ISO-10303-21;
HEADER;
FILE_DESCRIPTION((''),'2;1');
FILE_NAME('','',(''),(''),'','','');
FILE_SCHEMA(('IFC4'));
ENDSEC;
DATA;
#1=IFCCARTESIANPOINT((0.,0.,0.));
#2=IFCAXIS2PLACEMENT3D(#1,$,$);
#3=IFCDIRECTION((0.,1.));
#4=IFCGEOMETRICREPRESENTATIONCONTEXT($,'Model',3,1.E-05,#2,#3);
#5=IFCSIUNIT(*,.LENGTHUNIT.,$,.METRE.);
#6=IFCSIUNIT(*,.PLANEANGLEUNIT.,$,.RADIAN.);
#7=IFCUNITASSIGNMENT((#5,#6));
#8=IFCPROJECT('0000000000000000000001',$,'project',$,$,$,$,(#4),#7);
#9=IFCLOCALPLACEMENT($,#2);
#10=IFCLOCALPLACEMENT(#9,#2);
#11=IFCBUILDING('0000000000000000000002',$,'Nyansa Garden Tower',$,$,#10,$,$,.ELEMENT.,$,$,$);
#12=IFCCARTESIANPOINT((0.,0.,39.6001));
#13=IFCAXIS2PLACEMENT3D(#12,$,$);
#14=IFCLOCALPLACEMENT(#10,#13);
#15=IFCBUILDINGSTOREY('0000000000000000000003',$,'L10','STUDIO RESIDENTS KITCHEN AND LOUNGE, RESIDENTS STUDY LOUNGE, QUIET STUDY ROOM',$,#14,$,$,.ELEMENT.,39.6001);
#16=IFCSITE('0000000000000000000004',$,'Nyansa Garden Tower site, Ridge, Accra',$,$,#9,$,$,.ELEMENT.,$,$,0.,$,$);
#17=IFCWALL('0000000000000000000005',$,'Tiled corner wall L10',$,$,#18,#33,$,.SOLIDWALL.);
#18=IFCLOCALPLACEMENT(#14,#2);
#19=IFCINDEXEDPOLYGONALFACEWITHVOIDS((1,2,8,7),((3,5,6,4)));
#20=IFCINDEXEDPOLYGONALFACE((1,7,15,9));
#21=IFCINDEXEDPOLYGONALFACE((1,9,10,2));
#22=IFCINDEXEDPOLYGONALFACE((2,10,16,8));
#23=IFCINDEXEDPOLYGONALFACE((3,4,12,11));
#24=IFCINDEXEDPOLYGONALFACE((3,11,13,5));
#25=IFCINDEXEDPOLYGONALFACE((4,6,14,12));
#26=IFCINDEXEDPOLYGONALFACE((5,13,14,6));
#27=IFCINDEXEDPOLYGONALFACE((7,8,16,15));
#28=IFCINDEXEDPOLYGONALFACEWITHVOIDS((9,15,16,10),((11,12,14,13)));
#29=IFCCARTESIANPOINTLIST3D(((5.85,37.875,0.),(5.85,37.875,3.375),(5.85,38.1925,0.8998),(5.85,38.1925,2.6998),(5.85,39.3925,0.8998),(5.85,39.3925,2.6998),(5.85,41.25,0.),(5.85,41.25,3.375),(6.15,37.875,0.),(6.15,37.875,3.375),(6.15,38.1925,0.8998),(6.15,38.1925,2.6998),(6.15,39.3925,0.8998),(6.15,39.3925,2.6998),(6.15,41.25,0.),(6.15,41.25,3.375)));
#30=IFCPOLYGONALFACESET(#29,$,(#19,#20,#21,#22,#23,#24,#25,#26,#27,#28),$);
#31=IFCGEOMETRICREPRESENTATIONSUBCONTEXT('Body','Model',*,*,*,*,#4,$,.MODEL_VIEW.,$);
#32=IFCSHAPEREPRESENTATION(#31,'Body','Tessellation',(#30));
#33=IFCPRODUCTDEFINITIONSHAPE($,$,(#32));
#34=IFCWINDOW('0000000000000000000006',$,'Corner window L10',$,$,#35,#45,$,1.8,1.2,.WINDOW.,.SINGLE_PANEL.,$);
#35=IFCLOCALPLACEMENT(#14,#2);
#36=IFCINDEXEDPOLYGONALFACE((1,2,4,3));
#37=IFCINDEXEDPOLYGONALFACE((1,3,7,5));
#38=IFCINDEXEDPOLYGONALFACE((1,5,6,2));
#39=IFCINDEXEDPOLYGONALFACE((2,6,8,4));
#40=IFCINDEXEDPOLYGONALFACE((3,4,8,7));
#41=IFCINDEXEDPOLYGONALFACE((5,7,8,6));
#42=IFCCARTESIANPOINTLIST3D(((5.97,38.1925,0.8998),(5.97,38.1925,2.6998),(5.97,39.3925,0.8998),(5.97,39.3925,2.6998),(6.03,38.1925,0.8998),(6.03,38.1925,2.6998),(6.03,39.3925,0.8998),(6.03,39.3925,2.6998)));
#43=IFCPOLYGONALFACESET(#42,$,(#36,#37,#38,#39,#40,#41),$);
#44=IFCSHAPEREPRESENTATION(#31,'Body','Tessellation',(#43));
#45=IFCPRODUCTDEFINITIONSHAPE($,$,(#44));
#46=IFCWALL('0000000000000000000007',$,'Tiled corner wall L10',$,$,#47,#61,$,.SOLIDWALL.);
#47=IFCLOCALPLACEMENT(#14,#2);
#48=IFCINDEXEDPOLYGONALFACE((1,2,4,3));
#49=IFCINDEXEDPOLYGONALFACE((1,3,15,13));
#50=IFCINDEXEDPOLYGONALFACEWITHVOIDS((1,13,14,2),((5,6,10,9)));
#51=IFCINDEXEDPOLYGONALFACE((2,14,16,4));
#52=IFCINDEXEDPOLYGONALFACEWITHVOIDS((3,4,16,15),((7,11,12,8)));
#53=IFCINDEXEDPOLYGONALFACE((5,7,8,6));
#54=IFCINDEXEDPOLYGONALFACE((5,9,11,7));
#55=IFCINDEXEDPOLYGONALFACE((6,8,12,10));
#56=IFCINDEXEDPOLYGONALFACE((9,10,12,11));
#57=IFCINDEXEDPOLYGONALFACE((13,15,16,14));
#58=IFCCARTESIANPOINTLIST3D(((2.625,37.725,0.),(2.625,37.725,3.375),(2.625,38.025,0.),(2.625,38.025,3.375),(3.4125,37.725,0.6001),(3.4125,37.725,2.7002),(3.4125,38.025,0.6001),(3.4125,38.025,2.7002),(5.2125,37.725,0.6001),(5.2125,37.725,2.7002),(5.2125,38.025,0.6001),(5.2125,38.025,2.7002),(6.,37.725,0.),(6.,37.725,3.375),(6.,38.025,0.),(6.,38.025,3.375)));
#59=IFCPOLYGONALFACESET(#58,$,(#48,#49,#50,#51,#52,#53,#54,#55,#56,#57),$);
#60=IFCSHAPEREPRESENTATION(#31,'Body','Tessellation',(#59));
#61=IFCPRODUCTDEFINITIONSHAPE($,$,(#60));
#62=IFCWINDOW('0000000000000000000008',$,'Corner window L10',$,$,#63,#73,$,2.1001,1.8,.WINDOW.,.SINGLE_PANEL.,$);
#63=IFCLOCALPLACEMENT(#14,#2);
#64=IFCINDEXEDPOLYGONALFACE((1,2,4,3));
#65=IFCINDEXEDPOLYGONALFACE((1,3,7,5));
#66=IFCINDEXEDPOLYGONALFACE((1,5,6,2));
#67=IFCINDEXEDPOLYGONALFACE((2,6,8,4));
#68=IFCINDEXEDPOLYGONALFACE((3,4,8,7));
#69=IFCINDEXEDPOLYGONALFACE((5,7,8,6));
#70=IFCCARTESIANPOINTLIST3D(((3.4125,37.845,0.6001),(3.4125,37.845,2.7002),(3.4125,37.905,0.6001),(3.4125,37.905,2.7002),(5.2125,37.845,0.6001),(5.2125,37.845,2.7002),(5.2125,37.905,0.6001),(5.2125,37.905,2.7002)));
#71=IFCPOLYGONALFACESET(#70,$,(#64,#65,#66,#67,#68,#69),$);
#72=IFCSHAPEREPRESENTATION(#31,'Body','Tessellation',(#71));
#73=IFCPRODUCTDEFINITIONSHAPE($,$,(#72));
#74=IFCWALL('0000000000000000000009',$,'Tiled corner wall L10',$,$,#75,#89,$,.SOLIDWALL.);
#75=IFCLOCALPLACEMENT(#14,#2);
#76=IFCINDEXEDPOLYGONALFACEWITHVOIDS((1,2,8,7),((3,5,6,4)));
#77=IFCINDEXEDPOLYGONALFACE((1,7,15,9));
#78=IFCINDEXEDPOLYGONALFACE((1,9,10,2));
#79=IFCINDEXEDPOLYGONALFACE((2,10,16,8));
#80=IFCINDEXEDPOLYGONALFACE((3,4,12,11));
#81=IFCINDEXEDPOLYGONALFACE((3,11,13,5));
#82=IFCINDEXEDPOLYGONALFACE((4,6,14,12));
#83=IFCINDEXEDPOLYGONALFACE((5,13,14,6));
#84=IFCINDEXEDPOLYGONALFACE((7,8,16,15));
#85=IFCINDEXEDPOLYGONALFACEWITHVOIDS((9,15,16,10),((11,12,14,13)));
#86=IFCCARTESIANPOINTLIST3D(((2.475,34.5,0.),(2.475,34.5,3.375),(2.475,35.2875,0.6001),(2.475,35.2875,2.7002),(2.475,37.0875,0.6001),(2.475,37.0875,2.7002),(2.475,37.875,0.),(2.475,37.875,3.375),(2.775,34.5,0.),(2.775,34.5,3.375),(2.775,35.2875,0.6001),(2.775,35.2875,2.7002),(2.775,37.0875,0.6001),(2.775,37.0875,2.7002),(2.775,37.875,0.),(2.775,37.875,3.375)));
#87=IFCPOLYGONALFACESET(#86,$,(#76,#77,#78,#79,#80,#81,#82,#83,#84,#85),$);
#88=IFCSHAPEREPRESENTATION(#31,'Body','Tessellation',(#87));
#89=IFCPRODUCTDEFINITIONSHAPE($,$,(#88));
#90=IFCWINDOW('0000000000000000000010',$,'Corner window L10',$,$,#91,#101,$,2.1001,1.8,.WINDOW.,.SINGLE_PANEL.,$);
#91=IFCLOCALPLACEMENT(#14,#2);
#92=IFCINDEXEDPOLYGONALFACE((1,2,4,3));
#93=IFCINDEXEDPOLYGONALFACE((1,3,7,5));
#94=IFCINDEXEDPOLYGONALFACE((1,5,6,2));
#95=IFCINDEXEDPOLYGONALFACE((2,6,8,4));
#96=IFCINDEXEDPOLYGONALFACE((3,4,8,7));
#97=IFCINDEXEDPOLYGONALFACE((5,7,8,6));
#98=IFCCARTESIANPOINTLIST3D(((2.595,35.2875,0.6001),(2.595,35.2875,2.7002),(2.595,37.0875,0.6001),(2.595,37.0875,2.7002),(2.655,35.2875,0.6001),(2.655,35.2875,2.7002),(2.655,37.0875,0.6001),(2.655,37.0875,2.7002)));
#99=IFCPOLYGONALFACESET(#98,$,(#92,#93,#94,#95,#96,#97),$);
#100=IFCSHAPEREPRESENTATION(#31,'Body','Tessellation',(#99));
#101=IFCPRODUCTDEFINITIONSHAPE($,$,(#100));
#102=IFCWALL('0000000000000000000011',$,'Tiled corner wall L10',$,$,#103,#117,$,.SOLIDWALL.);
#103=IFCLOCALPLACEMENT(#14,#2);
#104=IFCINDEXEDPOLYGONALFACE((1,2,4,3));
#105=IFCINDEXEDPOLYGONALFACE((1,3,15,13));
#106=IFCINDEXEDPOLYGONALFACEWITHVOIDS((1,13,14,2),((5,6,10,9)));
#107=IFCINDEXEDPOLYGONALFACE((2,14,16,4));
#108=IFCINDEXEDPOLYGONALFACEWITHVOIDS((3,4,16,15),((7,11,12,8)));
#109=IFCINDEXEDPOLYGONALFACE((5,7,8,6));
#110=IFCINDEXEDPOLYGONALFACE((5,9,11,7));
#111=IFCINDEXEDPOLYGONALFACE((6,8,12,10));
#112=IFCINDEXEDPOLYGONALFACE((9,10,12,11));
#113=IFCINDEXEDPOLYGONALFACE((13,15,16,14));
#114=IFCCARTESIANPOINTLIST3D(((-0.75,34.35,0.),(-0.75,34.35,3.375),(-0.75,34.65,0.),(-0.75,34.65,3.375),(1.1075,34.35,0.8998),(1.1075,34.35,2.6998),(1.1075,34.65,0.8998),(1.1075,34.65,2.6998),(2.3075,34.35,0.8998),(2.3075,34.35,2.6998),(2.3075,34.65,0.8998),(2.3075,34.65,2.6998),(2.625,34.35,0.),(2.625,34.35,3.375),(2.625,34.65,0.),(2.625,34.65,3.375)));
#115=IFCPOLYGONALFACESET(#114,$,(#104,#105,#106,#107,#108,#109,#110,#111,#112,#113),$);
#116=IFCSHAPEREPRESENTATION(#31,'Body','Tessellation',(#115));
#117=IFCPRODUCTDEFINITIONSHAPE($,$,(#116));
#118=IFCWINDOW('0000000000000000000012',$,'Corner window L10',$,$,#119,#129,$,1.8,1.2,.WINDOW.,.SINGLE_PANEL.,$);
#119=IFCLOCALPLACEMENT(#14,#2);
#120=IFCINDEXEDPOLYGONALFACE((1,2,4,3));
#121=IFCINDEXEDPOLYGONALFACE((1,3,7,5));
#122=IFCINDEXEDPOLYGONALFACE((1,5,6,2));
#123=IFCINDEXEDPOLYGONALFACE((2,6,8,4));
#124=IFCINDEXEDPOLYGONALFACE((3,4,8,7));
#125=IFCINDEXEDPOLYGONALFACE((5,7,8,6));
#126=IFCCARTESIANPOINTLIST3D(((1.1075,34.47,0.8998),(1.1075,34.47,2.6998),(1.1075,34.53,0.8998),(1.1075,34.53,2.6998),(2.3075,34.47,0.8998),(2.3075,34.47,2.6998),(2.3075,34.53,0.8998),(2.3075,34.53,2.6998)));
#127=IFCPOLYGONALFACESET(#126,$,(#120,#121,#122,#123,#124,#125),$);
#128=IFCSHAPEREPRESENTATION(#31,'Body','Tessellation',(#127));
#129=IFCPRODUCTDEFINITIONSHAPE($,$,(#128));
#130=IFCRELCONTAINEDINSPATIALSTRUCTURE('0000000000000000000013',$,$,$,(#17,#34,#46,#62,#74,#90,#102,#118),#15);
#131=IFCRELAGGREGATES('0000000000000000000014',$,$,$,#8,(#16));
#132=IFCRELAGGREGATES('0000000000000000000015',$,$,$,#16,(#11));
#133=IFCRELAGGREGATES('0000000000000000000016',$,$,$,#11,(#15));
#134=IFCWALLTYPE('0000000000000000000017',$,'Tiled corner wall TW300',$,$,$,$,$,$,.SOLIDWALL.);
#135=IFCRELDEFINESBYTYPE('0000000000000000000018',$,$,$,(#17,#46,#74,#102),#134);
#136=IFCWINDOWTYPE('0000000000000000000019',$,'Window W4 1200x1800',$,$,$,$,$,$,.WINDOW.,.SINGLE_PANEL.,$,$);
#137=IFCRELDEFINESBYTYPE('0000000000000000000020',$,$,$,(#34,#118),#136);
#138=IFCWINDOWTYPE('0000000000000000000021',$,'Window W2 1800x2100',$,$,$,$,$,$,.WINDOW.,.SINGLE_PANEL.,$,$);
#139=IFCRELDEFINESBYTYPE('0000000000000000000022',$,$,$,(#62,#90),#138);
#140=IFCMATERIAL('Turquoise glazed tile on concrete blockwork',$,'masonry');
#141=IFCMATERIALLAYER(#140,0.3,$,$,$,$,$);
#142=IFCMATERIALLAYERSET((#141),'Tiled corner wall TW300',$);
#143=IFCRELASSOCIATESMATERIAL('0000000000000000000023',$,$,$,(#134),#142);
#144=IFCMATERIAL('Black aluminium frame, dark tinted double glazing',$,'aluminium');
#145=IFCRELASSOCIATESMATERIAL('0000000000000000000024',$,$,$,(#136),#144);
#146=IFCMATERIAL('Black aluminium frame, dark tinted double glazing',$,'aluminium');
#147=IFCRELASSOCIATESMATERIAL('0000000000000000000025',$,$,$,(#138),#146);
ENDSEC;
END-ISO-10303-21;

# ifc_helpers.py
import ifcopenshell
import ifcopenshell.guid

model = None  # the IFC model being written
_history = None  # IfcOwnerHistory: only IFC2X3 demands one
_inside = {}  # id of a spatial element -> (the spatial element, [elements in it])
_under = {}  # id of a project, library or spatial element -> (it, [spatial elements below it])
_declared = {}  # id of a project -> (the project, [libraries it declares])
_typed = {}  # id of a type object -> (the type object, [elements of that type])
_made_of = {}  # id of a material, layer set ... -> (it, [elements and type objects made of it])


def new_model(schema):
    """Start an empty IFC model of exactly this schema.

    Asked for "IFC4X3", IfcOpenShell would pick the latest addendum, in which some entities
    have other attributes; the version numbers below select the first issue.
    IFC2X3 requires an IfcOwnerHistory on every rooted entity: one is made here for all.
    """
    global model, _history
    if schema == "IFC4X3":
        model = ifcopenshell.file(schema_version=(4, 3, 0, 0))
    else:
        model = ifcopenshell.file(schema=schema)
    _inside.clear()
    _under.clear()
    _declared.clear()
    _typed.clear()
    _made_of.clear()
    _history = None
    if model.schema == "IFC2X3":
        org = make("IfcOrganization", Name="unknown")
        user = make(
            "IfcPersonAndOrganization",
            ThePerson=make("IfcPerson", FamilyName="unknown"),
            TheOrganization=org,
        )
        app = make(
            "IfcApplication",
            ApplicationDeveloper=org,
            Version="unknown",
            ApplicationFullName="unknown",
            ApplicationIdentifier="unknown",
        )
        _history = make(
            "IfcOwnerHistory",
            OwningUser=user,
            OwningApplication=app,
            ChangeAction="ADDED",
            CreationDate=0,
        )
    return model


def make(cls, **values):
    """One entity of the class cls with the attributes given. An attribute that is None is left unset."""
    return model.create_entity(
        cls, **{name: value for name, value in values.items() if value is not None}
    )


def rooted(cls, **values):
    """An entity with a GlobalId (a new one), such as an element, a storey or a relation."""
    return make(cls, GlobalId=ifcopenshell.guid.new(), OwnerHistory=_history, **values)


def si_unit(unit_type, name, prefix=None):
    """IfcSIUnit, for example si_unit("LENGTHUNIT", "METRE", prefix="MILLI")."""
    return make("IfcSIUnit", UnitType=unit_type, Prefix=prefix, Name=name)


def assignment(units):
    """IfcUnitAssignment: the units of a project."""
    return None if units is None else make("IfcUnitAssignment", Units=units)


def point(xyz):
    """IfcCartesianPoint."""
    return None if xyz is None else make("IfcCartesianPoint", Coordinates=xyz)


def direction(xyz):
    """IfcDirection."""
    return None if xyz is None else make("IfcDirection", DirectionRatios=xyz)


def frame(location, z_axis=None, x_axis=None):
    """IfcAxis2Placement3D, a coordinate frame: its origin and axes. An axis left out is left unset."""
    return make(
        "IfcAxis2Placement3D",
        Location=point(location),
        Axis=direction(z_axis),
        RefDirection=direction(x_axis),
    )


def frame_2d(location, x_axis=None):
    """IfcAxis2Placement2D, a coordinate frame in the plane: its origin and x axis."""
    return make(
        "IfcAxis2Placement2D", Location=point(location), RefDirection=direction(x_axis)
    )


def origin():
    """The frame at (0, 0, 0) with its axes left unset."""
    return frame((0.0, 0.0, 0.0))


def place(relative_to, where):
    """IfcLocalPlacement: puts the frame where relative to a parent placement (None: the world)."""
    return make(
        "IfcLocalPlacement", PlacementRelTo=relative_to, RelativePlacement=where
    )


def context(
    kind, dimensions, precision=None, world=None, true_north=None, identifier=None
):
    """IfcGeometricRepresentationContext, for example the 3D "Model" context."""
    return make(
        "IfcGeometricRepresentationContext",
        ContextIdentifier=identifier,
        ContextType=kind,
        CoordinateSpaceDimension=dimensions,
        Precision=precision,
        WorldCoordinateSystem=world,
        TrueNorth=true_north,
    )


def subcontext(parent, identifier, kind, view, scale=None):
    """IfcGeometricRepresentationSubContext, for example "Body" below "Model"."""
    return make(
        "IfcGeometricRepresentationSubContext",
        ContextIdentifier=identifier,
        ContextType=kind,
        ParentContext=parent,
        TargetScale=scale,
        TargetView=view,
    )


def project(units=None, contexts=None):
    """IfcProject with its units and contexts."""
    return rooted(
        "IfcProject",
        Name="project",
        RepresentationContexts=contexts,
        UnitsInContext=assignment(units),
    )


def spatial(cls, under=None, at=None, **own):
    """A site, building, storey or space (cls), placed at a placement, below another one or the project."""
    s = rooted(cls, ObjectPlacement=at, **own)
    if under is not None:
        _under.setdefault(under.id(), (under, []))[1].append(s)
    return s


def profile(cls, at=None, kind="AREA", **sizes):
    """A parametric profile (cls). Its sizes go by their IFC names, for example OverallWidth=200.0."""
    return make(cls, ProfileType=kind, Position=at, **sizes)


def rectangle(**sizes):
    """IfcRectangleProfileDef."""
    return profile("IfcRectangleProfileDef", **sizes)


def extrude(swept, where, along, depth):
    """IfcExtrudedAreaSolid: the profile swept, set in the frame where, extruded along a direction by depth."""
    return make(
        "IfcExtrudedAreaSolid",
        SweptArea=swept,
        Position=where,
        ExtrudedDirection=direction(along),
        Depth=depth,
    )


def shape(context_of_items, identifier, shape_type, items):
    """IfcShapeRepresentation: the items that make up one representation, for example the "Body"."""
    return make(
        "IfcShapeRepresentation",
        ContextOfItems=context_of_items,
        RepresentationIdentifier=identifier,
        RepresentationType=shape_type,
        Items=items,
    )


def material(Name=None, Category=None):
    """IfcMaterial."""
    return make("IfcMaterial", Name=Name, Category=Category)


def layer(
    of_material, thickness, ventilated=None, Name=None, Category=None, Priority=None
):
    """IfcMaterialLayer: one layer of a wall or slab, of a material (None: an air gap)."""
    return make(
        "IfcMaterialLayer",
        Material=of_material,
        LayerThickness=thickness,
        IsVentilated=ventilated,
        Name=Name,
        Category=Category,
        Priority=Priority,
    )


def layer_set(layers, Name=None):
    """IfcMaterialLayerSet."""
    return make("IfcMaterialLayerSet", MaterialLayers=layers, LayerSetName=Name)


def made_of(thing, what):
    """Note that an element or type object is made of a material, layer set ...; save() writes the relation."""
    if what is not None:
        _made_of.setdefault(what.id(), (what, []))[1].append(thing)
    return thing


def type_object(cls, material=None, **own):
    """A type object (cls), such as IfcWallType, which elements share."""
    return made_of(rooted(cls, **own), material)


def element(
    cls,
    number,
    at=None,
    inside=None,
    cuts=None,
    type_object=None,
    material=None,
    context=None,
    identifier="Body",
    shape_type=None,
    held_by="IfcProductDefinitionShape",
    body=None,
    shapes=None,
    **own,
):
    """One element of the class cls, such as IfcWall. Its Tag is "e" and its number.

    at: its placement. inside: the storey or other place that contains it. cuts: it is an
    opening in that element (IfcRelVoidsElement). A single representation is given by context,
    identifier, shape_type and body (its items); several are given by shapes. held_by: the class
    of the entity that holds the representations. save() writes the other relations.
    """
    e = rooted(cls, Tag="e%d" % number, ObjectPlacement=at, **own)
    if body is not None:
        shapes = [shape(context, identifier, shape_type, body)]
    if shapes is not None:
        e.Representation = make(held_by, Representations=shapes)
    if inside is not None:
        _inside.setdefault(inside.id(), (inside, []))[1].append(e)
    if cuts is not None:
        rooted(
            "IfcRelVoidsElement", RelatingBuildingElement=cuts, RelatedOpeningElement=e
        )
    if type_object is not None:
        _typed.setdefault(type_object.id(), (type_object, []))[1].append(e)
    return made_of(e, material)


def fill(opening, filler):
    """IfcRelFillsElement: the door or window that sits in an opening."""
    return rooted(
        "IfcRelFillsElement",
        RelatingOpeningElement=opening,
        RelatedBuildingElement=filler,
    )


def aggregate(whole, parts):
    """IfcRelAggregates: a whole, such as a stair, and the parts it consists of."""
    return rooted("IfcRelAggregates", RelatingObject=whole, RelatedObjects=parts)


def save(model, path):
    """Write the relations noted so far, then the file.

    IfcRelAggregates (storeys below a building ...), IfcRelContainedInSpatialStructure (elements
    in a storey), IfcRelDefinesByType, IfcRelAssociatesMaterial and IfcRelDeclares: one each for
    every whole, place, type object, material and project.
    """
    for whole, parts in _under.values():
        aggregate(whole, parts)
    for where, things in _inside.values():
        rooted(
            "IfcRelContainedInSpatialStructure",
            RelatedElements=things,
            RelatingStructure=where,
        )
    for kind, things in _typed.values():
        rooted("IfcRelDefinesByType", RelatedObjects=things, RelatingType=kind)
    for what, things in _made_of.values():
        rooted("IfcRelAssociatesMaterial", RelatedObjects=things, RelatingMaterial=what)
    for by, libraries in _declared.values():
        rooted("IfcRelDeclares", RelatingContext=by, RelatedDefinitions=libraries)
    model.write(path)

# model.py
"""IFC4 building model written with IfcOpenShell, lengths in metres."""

from ifc_helpers import new_model, si_unit, direction, frame, frame_2d, origin, place, context, subcontext, project, spatial, rectangle, extrude, material, layer, layer_set, type_object, element, fill, save


model = new_model("IFC4")

# Units and contexts
model_context = context("Model", 3, precision=1e-05, world=origin(), true_north=direction((0.0, 1.0)))
body_context = subcontext(model_context, "Body", "Model", "MODEL_VIEW")
ifc_project = project(units=[si_unit("LENGTHUNIT", "METRE"), si_unit("PLANEANGLEUNIT", "RADIAN")], contexts=[model_context])

# Site, building, storey
site_placement = place(None, origin())
site = spatial("IfcSite", under=ifc_project, at=site_placement, Name="Nyansa Garden Tower site, Ridge, Accra", CompositionType="ELEMENT", RefElevation=0.0)
building_placement = place(site_placement, origin())
building = spatial("IfcBuilding", under=site, at=building_placement, Name="Nyansa Garden Tower", CompositionType="ELEMENT")
storey_placement = place(building_placement, frame((0.0, 0.0, 39.6001)))
storey = spatial("IfcBuildingStorey", under=building, at=storey_placement, Name="L10", Description="STUDIO RESIDENTS KITCHEN AND LOUNGE, RESIDENTS STUDY LOUNGE, QUIET STUDY ROOM", CompositionType="ELEMENT", Elevation=39.6001)

# Walls, openings, windows
ifc_material_1 = material(Name="Turquoise glazed tile on concrete blockwork", Category="masonry")
ifc_layer_1 = layer(ifc_material_1, 0.3)
ifc_layer_set_1 = layer_set([ifc_layer_1], Name="Tiled corner wall TW300")
wall_type_1 = type_object("IfcWallType", Name="Tiled corner wall TW300", PredefinedType="SOLIDWALL", material=ifc_layer_set_1)
wall_1_placement = place(storey_placement, frame((6.0, 41.25, 0.0), z_axis=(0.0, 0.0, 1.0), x_axis=(0.0, -1.0, 0.0)))
wall_1 = element("IfcWall", 1, at=wall_1_placement, inside=storey, type_object=wall_type_1, Name="Tiled corner wall L10", PredefinedType="SOLIDWALL", context=body_context, shape_type="SweptSolid", body=[
    extrude(rectangle(XDim=3.375, YDim=0.3, at=frame_2d((1.6875, 0.0))), origin(), (0.0, 0.0, 1.0), 3.375),
])
opening_1_placement = place(wall_1_placement, frame((1.8574, 0.0, 0.8999)))
opening_1 = element("IfcOpeningElement", 2, at=opening_1_placement, cuts=wall_1, PredefinedType="OPENING", context=body_context, shape_type="SweptSolid", body=[
    extrude(rectangle(XDim=1.2, YDim=1.8, at=frame_2d((0.6001, 0.8999))), frame((0.0, 0.1599, 0.0), z_axis=(0.0, -1.0, 0.0), x_axis=(1.0, 0.0, 0.0)), (0.0, 0.0, 1.0), 0.3201),
])
ifc_material_2 = material(Name="Black aluminium frame, dark tinted double glazing", Category="aluminium")
window_type_1 = type_object("IfcWindowType", Name="Window W4 1200x1800", PartitioningType="SINGLE_PANEL", PredefinedType="WINDOW", material=ifc_material_2)
window_1_placement = place(opening_1_placement, origin())
window_1 = element("IfcWindow", 3, at=window_1_placement, inside=storey, type_object=window_type_1, Name="Corner window L10", OverallHeight=1.8, OverallWidth=1.2, PartitioningType="SINGLE_PANEL", PredefinedType="WINDOW", context=body_context, shape_type="SweptSolid", body=[
    extrude(rectangle(XDim=1.2, YDim=1.8, at=frame_2d((0.6001, 0.8999))), frame((0.0, 0.03, 0.0), z_axis=(0.0, -1.0, 0.0), x_axis=(1.0, 0.0, 0.0)), (0.0, 0.0, 1.0), 0.0601),
])
fill(opening_1, window_1)
wall_2_placement = place(storey_placement, frame((6.0, 37.875, 0.0), z_axis=(0.0, 0.0, 1.0), x_axis=(-1.0, 0.0, 0.0)))
wall_2 = element("IfcWall", 4, at=wall_2_placement, inside=storey, type_object=wall_type_1, Name="Tiled corner wall L10", PredefinedType="SOLIDWALL", context=body_context, shape_type="SweptSolid", body=[
    extrude(rectangle(XDim=3.375, YDim=0.3, at=frame_2d((1.6875, 0.0))), origin(), (0.0, 0.0, 1.0), 3.375),
])
opening_2_placement = place(wall_2_placement, frame((0.7876, 0.0, 0.6001)))
opening_2 = element("IfcOpeningElement", 5, at=opening_2_placement, cuts=wall_2, PredefinedType="OPENING", context=body_context, shape_type="SweptSolid", body=[
    extrude(rectangle(XDim=1.8, YDim=2.1001, at=frame_2d((0.8999, 1.05))), frame((0.0, 0.1599, 0.0), z_axis=(0.0, -1.0, 0.0), x_axis=(1.0, 0.0, 0.0)), (0.0, 0.0, 1.0), 0.3201),
])
ifc_material_3 = material(Name="Black aluminium frame, dark tinted double glazing", Category="aluminium")
window_type_2 = type_object("IfcWindowType", Name="Window W2 1800x2100", PartitioningType="SINGLE_PANEL", PredefinedType="WINDOW", material=ifc_material_3)
window_2_placement = place(opening_2_placement, origin())
window_2 = element("IfcWindow", 6, at=window_2_placement, inside=storey, type_object=window_type_2, Name="Corner window L10", OverallHeight=2.1001, OverallWidth=1.8, PartitioningType="SINGLE_PANEL", PredefinedType="WINDOW", context=body_context, shape_type="SweptSolid", body=[
    extrude(rectangle(XDim=1.8, YDim=2.1001, at=frame_2d((0.8999, 1.05))), frame((0.0, 0.03, 0.0), z_axis=(0.0, -1.0, 0.0), x_axis=(1.0, 0.0, 0.0)), (0.0, 0.0, 1.0), 0.0601),
])
fill(opening_2, window_2)
wall_3_placement = place(storey_placement, frame((2.625, 37.875, 0.0), z_axis=(0.0, 0.0, 1.0), x_axis=(0.0, -1.0, 0.0)))
wall_3 = element("IfcWall", 7, at=wall_3_placement, inside=storey, type_object=wall_type_1, Name="Tiled corner wall L10", PredefinedType="SOLIDWALL", context=body_context, shape_type="SweptSolid", body=[
    extrude(rectangle(XDim=3.375, YDim=0.3, at=frame_2d((1.6875, 0.0))), origin(), (0.0, 0.0, 1.0), 3.375),
])
opening_3_placement = place(wall_3_placement, frame((0.7876, 0.0, 0.6001)))
opening_3 = element("IfcOpeningElement", 8, at=opening_3_placement, cuts=wall_3, PredefinedType="OPENING", context=body_context, shape_type="SweptSolid", body=[
    extrude(rectangle(XDim=1.8, YDim=2.1001, at=frame_2d((0.8999, 1.05))), frame((0.0, 0.1599, 0.0), z_axis=(0.0, -1.0, 0.0), x_axis=(1.0, 0.0, 0.0)), (0.0, 0.0, 1.0), 0.3201),
])
window_3_placement = place(opening_3_placement, origin())
window_3 = element("IfcWindow", 9, at=window_3_placement, inside=storey, type_object=window_type_2, Name="Corner window L10", OverallHeight=2.1001, OverallWidth=1.8, PartitioningType="SINGLE_PANEL", PredefinedType="WINDOW", context=body_context, shape_type="SweptSolid", body=[
    extrude(rectangle(XDim=1.8, YDim=2.1001, at=frame_2d((0.8999, 1.05))), frame((0.0, 0.03, 0.0), z_axis=(0.0, -1.0, 0.0), x_axis=(1.0, 0.0, 0.0)), (0.0, 0.0, 1.0), 0.0601),
])
fill(opening_3, window_3)
wall_4_placement = place(storey_placement, frame((2.625, 34.5, 0.0), z_axis=(0.0, 0.0, 1.0), x_axis=(-1.0, 0.0, 0.0)))
wall_4 = element("IfcWall", 10, at=wall_4_placement, inside=storey, type_object=wall_type_1, Name="Tiled corner wall L10", PredefinedType="SOLIDWALL", context=body_context, shape_type="SweptSolid", body=[
    extrude(rectangle(XDim=3.375, YDim=0.3, at=frame_2d((1.6875, 0.0))), origin(), (0.0, 0.0, 1.0), 3.375),
])
opening_4_placement = place(wall_4_placement, frame((0.3174, 0.0, 0.8999)))
opening_4 = element("IfcOpeningElement", 11, at=opening_4_placement, cuts=wall_4, PredefinedType="OPENING", context=body_context, shape_type="SweptSolid", body=[
    extrude(rectangle(XDim=1.2, YDim=1.8, at=frame_2d((0.6001, 0.8999))), frame((0.0, 0.1599, 0.0), z_axis=(0.0, -1.0, 0.0), x_axis=(1.0, 0.0, 0.0)), (0.0, 0.0, 1.0), 0.3201),
])
window_4_placement = place(opening_4_placement, origin())
window_4 = element("IfcWindow", 12, at=window_4_placement, inside=storey, type_object=window_type_1, Name="Corner window L10", OverallHeight=1.8, OverallWidth=1.2, PartitioningType="SINGLE_PANEL", PredefinedType="WINDOW", context=body_context, shape_type="SweptSolid", body=[
    extrude(rectangle(XDim=1.2, YDim=1.8, at=frame_2d((0.6001, 0.8999))), frame((0.0, 0.03, 0.0), z_axis=(0.0, -1.0, 0.0), x_axis=(1.0, 0.0, 0.0)), (0.0, 0.0, 1.0), 0.0601),
])
fill(opening_4, window_4)

save(model, "model.ifc")
